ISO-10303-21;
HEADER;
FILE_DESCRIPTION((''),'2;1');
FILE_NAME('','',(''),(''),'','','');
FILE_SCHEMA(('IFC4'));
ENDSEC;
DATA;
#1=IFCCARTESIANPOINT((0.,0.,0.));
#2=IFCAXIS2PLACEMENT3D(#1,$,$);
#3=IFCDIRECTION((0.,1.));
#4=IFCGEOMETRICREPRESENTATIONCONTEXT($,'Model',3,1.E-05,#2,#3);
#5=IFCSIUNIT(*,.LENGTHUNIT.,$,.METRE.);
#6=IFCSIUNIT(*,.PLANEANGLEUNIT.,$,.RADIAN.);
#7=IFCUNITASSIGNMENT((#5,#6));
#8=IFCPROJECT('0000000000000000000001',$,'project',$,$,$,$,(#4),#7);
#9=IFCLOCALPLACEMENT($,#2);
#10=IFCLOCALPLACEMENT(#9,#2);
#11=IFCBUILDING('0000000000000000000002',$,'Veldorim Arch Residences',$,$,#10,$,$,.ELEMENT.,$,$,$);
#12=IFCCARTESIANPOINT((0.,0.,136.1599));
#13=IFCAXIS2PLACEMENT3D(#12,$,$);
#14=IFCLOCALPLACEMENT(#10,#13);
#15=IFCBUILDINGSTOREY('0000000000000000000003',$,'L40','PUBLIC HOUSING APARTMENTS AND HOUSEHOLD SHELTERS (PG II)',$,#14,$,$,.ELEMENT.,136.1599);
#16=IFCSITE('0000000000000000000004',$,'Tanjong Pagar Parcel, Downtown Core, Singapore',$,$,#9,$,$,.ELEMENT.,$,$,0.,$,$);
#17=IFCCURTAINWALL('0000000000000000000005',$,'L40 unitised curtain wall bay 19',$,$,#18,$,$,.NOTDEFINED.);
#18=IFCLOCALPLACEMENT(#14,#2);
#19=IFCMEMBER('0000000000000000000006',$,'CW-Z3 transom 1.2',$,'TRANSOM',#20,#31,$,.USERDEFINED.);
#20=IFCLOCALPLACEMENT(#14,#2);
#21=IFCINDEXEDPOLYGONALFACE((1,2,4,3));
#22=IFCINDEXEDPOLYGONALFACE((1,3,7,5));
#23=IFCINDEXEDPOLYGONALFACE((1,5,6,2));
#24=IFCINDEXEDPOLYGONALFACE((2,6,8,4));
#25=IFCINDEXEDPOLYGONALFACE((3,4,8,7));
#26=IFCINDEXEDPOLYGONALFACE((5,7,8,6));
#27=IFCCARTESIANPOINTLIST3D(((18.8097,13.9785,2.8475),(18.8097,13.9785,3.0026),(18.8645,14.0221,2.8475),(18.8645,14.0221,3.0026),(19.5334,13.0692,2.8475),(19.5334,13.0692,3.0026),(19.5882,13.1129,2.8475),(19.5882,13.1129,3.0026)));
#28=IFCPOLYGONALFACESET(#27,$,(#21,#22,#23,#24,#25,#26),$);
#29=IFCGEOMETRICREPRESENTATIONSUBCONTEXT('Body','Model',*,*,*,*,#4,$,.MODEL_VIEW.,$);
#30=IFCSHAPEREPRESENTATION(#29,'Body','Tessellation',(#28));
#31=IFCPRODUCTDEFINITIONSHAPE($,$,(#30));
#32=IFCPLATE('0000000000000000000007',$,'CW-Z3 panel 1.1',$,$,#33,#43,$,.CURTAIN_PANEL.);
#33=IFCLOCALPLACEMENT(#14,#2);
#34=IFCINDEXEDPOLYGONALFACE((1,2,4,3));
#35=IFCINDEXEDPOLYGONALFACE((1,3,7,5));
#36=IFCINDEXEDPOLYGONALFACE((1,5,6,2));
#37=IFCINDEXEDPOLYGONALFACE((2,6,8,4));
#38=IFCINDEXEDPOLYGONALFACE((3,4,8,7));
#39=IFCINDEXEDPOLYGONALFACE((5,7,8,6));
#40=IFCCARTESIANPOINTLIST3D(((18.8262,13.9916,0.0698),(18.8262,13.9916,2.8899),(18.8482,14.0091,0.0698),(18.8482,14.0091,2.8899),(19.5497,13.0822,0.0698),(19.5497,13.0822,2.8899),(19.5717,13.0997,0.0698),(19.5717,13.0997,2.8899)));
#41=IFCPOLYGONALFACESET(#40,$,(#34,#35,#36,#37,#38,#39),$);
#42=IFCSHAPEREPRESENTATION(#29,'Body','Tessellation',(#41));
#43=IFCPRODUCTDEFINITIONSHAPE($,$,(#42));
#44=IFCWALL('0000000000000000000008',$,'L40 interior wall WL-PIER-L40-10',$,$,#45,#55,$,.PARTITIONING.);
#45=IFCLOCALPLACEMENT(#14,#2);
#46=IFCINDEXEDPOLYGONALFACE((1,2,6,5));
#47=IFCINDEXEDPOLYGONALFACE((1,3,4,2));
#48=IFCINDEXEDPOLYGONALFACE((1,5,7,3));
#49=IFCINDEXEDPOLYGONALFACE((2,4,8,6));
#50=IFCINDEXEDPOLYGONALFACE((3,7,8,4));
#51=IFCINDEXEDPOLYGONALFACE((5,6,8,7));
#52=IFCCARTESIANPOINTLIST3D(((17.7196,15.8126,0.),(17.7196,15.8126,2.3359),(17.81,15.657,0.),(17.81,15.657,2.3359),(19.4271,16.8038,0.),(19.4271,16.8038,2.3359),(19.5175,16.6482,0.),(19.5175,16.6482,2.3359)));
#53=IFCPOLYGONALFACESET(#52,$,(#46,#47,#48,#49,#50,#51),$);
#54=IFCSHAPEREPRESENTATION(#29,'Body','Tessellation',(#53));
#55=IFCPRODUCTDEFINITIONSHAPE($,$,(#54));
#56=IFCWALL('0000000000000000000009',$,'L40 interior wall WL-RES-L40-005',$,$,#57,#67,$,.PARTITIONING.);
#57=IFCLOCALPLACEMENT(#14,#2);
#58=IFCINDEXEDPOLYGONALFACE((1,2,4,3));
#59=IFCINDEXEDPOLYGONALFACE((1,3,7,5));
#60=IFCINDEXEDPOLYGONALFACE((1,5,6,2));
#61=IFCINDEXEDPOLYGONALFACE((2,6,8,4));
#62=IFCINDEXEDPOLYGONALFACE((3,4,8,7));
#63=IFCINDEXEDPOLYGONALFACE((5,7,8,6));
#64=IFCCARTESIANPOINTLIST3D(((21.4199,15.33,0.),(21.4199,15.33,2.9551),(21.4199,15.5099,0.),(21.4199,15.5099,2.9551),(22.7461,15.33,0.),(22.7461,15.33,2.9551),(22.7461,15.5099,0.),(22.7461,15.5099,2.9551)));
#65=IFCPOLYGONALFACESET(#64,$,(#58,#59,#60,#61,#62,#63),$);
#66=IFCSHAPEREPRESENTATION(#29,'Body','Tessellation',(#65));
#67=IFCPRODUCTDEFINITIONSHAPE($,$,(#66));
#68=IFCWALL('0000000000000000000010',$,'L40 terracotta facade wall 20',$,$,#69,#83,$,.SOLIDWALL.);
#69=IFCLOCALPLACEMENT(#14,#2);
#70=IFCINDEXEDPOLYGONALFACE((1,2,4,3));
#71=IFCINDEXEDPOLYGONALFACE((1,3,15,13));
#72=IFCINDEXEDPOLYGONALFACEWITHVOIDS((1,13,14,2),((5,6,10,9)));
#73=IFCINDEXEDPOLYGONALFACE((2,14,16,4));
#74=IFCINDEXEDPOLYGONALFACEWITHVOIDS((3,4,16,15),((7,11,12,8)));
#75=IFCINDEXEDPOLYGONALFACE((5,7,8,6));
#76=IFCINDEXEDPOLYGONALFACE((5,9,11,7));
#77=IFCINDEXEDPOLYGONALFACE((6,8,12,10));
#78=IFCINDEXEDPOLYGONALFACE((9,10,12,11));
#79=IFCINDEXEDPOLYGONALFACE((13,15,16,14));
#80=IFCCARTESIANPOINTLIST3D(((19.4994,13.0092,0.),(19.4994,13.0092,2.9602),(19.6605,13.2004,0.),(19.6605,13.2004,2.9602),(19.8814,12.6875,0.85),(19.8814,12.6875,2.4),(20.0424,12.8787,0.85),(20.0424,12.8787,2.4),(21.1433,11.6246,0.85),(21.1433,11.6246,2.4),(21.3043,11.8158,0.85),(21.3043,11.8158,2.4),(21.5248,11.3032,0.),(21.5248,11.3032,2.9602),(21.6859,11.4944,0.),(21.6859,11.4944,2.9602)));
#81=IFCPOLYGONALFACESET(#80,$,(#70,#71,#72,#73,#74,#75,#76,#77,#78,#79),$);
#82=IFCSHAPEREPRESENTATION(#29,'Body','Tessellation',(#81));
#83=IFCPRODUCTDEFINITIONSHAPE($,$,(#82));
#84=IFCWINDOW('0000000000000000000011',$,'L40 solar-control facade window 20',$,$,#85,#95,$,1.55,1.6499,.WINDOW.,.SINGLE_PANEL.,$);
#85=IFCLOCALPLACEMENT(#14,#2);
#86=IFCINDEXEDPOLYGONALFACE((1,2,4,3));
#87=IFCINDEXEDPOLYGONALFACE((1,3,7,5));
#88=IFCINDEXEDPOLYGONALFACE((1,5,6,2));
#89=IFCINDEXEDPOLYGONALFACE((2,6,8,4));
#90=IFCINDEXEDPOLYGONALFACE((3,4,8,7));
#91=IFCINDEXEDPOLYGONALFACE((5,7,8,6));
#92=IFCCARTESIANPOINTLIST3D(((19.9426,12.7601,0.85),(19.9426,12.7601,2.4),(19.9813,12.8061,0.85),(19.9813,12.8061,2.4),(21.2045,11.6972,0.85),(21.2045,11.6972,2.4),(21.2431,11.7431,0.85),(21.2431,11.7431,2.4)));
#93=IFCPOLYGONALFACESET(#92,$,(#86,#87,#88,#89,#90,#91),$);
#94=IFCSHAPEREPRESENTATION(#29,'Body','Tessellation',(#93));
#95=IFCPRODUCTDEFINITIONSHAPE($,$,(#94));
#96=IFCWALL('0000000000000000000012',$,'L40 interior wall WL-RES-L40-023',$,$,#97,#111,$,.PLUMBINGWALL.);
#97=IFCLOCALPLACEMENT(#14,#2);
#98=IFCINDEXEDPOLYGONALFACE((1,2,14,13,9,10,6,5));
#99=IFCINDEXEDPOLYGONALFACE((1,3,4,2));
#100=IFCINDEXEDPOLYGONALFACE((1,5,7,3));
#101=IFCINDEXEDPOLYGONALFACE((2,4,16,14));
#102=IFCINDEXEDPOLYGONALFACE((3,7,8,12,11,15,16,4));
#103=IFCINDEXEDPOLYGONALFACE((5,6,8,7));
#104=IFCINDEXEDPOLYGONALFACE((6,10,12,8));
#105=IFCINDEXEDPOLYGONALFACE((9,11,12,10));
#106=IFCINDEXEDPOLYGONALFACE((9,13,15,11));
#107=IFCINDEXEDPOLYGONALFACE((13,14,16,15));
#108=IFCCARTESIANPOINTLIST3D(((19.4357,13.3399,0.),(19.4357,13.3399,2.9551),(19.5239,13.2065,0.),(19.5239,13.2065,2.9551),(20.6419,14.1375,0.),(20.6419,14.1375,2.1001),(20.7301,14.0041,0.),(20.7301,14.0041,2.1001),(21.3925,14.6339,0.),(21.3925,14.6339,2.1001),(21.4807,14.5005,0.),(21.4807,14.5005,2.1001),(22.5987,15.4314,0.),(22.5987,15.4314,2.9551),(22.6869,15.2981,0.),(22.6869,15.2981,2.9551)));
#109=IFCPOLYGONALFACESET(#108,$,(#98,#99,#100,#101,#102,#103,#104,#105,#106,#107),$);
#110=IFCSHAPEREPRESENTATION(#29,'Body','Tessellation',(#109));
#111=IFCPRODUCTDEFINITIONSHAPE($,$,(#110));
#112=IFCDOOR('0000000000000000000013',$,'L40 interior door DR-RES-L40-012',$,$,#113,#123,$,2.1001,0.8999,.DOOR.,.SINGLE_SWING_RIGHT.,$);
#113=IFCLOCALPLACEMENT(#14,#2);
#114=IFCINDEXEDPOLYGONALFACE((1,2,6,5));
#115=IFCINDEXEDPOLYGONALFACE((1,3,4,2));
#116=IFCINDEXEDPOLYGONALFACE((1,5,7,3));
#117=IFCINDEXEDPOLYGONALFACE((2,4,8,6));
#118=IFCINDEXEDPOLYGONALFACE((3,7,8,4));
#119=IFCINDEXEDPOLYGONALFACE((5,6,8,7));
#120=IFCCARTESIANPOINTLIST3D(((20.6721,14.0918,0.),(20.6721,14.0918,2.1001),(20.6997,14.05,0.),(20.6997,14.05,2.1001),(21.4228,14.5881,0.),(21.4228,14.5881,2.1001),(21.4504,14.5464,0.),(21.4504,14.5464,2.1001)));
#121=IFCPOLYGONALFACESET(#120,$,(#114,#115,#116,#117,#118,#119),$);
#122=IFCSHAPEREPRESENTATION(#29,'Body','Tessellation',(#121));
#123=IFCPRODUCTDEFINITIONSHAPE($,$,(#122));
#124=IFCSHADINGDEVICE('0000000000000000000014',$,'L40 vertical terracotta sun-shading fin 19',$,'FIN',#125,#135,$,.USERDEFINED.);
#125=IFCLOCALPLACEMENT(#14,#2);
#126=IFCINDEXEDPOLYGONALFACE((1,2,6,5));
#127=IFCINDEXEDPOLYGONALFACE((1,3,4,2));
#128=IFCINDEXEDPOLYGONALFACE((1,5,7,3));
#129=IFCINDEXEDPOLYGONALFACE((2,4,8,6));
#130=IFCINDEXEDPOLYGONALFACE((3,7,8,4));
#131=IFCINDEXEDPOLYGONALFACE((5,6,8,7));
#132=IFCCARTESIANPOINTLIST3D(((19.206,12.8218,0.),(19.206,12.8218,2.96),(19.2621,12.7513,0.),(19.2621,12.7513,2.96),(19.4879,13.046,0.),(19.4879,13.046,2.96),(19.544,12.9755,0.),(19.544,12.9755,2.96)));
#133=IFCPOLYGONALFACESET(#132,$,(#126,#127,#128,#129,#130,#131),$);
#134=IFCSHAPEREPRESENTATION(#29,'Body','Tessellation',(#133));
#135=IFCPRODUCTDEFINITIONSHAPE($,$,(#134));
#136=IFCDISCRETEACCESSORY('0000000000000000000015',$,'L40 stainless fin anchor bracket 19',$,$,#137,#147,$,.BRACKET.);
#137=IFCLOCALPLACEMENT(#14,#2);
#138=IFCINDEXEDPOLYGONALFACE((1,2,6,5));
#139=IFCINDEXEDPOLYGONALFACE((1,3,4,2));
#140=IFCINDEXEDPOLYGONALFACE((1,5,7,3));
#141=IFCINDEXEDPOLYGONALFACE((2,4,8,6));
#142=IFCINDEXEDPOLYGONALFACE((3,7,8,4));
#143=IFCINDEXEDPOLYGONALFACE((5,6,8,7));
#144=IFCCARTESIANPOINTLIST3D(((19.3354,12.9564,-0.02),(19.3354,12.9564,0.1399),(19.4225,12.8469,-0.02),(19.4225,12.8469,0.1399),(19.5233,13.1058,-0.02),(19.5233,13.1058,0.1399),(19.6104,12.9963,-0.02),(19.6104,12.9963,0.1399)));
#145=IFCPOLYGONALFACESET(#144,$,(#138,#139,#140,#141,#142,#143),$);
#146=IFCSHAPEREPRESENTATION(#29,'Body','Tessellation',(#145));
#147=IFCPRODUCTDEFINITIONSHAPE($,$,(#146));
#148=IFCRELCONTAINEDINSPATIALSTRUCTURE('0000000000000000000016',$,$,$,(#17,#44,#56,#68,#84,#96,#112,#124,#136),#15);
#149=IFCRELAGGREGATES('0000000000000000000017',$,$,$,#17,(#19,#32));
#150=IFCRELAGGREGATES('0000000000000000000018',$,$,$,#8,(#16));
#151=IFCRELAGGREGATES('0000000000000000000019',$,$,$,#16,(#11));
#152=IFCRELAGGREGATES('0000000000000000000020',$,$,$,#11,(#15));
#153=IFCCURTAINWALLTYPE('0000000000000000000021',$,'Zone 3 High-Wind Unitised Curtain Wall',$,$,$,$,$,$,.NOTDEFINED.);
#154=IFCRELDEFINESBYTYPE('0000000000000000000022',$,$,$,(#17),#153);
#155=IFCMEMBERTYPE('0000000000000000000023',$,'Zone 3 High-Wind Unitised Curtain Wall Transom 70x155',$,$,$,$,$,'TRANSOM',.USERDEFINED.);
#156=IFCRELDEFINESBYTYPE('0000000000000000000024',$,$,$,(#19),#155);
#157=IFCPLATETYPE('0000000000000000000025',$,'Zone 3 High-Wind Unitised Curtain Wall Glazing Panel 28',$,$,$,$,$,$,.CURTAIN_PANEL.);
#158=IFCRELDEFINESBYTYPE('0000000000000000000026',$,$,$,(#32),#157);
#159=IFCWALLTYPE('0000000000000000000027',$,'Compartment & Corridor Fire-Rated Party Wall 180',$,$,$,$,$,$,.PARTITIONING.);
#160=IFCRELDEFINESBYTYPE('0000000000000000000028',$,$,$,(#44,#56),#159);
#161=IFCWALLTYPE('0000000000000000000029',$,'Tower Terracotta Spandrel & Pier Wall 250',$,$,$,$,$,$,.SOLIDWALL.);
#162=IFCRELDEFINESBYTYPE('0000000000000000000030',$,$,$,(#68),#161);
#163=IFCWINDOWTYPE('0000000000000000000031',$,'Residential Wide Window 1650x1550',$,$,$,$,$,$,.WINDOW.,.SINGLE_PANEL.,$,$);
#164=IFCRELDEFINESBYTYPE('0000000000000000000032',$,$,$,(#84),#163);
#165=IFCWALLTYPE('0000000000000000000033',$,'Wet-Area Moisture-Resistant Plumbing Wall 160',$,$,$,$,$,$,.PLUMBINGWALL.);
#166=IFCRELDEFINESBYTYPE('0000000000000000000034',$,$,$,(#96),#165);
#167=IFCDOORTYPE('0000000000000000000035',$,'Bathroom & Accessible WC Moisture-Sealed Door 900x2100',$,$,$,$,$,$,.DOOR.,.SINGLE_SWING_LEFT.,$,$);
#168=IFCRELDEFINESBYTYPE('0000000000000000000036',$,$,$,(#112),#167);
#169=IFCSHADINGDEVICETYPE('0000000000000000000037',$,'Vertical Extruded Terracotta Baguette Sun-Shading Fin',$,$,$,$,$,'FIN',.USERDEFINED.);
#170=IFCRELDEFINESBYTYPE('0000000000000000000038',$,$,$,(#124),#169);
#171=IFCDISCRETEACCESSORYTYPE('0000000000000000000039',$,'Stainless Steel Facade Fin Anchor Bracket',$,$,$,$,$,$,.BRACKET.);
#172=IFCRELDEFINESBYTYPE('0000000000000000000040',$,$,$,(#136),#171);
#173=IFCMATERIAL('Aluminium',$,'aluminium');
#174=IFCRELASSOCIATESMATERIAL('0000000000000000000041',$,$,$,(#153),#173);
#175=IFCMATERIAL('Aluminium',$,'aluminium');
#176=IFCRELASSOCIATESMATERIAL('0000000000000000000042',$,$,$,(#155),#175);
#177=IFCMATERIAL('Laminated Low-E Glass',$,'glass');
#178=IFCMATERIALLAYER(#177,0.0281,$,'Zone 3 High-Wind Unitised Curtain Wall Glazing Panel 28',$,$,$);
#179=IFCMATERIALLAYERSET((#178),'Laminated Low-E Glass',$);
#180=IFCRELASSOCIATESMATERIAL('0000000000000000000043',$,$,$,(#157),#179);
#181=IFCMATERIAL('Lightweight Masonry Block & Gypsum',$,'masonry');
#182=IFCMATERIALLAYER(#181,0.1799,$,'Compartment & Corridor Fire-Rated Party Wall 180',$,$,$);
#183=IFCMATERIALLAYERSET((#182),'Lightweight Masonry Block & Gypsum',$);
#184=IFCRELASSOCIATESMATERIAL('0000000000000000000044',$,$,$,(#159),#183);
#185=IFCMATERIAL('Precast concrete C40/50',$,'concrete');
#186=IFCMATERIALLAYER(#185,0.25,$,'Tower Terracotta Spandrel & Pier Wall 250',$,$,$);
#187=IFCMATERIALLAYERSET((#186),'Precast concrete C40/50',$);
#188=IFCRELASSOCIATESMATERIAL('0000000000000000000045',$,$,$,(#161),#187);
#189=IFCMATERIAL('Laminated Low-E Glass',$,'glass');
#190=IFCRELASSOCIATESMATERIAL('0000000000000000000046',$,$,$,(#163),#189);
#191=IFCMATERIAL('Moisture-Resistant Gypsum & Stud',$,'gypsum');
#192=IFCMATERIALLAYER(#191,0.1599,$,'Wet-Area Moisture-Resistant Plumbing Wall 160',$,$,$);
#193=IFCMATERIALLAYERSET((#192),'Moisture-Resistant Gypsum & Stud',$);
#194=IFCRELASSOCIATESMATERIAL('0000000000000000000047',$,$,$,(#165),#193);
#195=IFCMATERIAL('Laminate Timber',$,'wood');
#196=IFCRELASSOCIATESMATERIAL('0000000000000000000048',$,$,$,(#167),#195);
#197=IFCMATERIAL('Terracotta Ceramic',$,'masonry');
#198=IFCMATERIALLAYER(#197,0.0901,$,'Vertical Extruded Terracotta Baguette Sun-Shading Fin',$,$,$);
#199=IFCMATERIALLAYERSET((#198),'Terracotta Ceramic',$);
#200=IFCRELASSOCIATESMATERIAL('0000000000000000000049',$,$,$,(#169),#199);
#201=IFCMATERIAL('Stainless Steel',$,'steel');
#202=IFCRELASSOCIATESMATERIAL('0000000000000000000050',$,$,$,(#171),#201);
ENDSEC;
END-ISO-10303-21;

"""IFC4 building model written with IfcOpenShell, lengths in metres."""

from ifc_helpers import new_model, si_unit, direction, frame, frame_2d, origin, origin_2d, place, context, subcontext, project, spatial, rectangle, extrude, material, layer, layer_set, material_profile, profile_set, type_object, element, fill, aggregate, save


model = new_model("IFC4")

# Units and contexts
model_context = context("Model", 3, precision=1e-05, world=origin(), true_north=direction((0.0, 1.0)))
body_context = subcontext(model_context, "Body", "Model", "MODEL_VIEW")
ifc_project = project(units=[si_unit("LENGTHUNIT", "METRE"), si_unit("PLANEANGLEUNIT", "RADIAN")], contexts=[model_context])

# Site, building, storey
site_placement = place(None, origin())
site = spatial("IfcSite", under=ifc_project, at=site_placement, Name="Tanjong Pagar Parcel, Downtown Core, Singapore", CompositionType="ELEMENT", RefElevation=0.0)
building_placement = place(site_placement, origin())
building = spatial("IfcBuilding", under=site, at=building_placement, Name="Veldorim Arch Residences", CompositionType="ELEMENT")
storey_placement = place(building_placement, frame((0.0, 0.0, 136.1599)))
storey = spatial("IfcBuildingStorey", under=building, at=storey_placement, Name="L40", Description="PUBLIC HOUSING APARTMENTS AND HOUSEHOLD SHELTERS (PG II)", CompositionType="ELEMENT", Elevation=136.1599)

# Curtain wall, member, plate
ifc_material_1 = material(Name="Aluminium", Category="aluminium")
curtain_wall_type = type_object("IfcCurtainWallType", Name="Zone 3 High-Wind Unitised Curtain Wall", PredefinedType="NOTDEFINED", material=ifc_material_1)
curtain_wall_placement = place(storey_placement, origin())
curtain_wall = element("IfcCurtainWall", 1, at=curtain_wall_placement, inside=storey, type_object=curtain_wall_type, Name="L40 unitised curtain wall bay 19", PredefinedType="NOTDEFINED")
ifc_material_2 = material(Name="Aluminium", Category="aluminium")
ifc_material_profile_1 = material_profile(ifc_material_2, rectangle(XDim=0.0701, YDim=0.155, at=origin_2d()), Name="ALU_TRN_70x155")
ifc_profile_set_1 = profile_set([ifc_material_profile_1], Name="Aluminium")
member_type_1 = type_object("IfcMemberType", Name="Zone 3 High-Wind Unitised Curtain Wall Transom 70x155", ElementType="TRANSOM", PredefinedType="USERDEFINED", material=ifc_profile_set_1)
member_1_placement = place(storey_placement, frame((19.5608, 13.0911, 2.925), z_axis=(-0.622746, 0.782424, 0.0), x_axis=(-0.782424, -0.622746, 0.0)))
member_1 = element("IfcMember", 2, at=member_1_placement, type_object=member_type_1, Name="CW-Z3 transom 1.2", ObjectType="TRANSOM", PredefinedType="USERDEFINED", context=body_context, shape_type="SweptSolid", body=[
    extrude(rectangle(XDim=0.0701, YDim=0.155, at=origin_2d()), origin(), (0.0, 0.0, 1.0), 1.1621),
])
ifc_material_3 = material(Name="Laminated Low-E Glass", Category="glass")
ifc_layer_1 = layer(ifc_material_3, 0.0281, Name="Zone 3 High-Wind Unitised Curtain Wall Glazing Panel 28")
ifc_layer_set_1 = layer_set([ifc_layer_1], Name="Laminated Low-E Glass")
plate_type = type_object("IfcPlateType", Name="Zone 3 High-Wind Unitised Curtain Wall Glazing Panel 28", PredefinedType="CURTAIN_PANEL", material=ifc_layer_set_1)
plate_placement = place(storey_placement, frame((19.199, 13.5457, 0.0698), z_axis=(0.0, 0.0, 1.0), x_axis=(-0.62258, 0.782556, 0.0)))
plate = element("IfcPlate", 3, at=plate_placement, type_object=plate_type, Name="CW-Z3 panel 1.1", PredefinedType="CURTAIN_PANEL", context=body_context, shape_type="SweptSolid", body=[
    extrude(rectangle(XDim=1.1621, YDim=0.0281, at=origin_2d()), origin(), (0.0, 0.0, 1.0), 2.8201),
])
aggregate(curtain_wall, [member_1, plate])

# Walls
ifc_material_4 = material(Name="Lightweight Masonry Block & Gypsum", Category="masonry")
ifc_layer_2 = layer(ifc_material_4, 0.1799, Name="Compartment & Corridor Fire-Rated Party Wall 180")
ifc_layer_set_2 = layer_set([ifc_layer_2], Name="Lightweight Masonry Block & Gypsum")
wall_type_1 = type_object("IfcWallType", Name="Compartment & Corridor Fire-Rated Party Wall 180", PredefinedType="PARTITIONING", material=ifc_layer_set_2)
wall_1_placement = place(storey_placement, frame((19.4724, 16.7261, 0.0), z_axis=(0.0, 0.0, 1.0), x_axis=(-0.864844, -0.50204, 0.0)))
element("IfcWall", 4, at=wall_1_placement, inside=storey, type_object=wall_type_1, Name="L40 interior wall WL-PIER-L40-10", PredefinedType="PARTITIONING", context=body_context, shape_type="SweptSolid", body=[
    extrude(rectangle(XDim=1.9744, YDim=0.1799, at=frame_2d((0.9873, 0.0))), origin(), (0.0, 0.0, 1.0), 2.3359),
])
wall_2_placement = place(storey_placement, frame((22.7461, 15.4199, 0.0), z_axis=(0.0, 0.0, 1.0), x_axis=(-1.0, 0.0, 0.0)))
element("IfcWall", 5, at=wall_2_placement, inside=storey, type_object=wall_type_1, Name="L40 interior wall WL-RES-L40-005", PredefinedType="PARTITIONING", context=body_context, shape_type="SweptSolid", body=[
    extrude(rectangle(XDim=1.3262, YDim=0.1799, at=frame_2d((0.6631, 0.0))), origin(), (0.0, 0.0, 1.0), 2.9551),
])

# Wall, opening, window
ifc_material_5 = material(Name="Precast concrete C40/50", Category="concrete")
ifc_layer_3 = layer(ifc_material_5, 0.25, Name="Tower Terracotta Spandrel & Pier Wall 250")
ifc_layer_set_3 = layer_set([ifc_layer_3], Name="Precast concrete C40/50")
wall_type_2 = type_object("IfcWallType", Name="Tower Terracotta Spandrel & Pier Wall 250", PredefinedType="SOLIDWALL", material=ifc_layer_set_3)
wall_3_placement = place(storey_placement, frame((21.6055, 11.3987, 0.0), z_axis=(0.0, 0.0, 1.0), x_axis=(-0.764825, 0.644238, 0.0)))
wall_3 = element("IfcWall", 6, at=wall_3_placement, inside=storey, type_object=wall_type_2, Name="L40 terracotta facade wall 20", PredefinedType="SOLIDWALL", context=body_context, shape_type="SweptSolid", body=[
    extrude(rectangle(XDim=2.6482, YDim=0.25, at=frame_2d((1.3242, 0.0))), origin(), (0.0, 0.0, 1.0), 2.9602),
])
opening_1_placement = place(wall_3_placement, frame((0.499, 0.0, 0.8501)))
opening_1 = element("IfcOpeningElement", 7, at=opening_1_placement, cuts=wall_3, PredefinedType="OPENING", context=body_context, shape_type="SweptSolid", body=[
    extrude(rectangle(XDim=1.6499, YDim=1.55, at=frame_2d((0.825, 0.7749))), frame((0.0, 0.135, 0.0), z_axis=(0.0, -1.0, 0.0), x_axis=(1.0, 0.0, 0.0)), (0.0, 0.0, 1.0), 0.27),
])
ifc_material_6 = material(Name="Laminated Low-E Glass", Category="glass")
window_type = type_object("IfcWindowType", Name="Residential Wide Window 1650x1550", PartitioningType="SINGLE_PANEL", PredefinedType="WINDOW", material=ifc_material_6)
window_placement = place(opening_1_placement, origin())
window = element("IfcWindow", 8, at=window_placement, inside=storey, type_object=window_type, Name="L40 solar-control facade window 20", OverallHeight=1.55, OverallWidth=1.6499, PartitioningType="SINGLE_PANEL", PredefinedType="WINDOW", context=body_context, shape_type="SweptSolid", body=[
    extrude(rectangle(XDim=1.6499, YDim=1.55, at=frame_2d((0.825, 0.7749))), frame((0.0, 0.03, 0.0), z_axis=(0.0, -1.0, 0.0), x_axis=(1.0, 0.0, 0.0)), (0.0, 0.0, 1.0), 0.0601),
])
fill(opening_1, window)

# Wall, opening, door
ifc_material_7 = material(Name="Moisture-Resistant Gypsum & Stud", Category="gypsum")
ifc_layer_4 = layer(ifc_material_7, 0.1599, Name="Wet-Area Moisture-Resistant Plumbing Wall 160")
ifc_layer_set_4 = layer_set([ifc_layer_4], Name="Moisture-Resistant Gypsum & Stud")
wall_type_3 = type_object("IfcWallType", Name="Wet-Area Moisture-Resistant Plumbing Wall 160", PredefinedType="PLUMBINGWALL", material=ifc_layer_set_4)
wall_4_placement = place(storey_placement, frame((22.6428, 15.3647, 0.0), z_axis=(0.0, 0.0, 1.0), x_axis=(-0.834134, -0.551561, 0.0)))
wall_4 = element("IfcWall", 9, at=wall_4_placement, inside=storey, type_object=wall_type_3, Name="L40 interior wall WL-RES-L40-023", PredefinedType="PLUMBINGWALL", context=body_context, shape_type="SweptSolid", body=[
    extrude(rectangle(XDim=3.792, YDim=0.1599, at=frame_2d((1.896, 0.0))), origin(), (0.0, 0.0, 1.0), 2.9551),
])
opening_2_placement = place(wall_4_placement, frame((1.446, 0.0, 0.0)))
opening_2 = element("IfcOpeningElement", 10, at=opening_2_placement, cuts=wall_4, PredefinedType="OPENING", context=body_context, shape_type="SweptSolid", body=[
    extrude(rectangle(XDim=0.8999, YDim=2.1001, at=frame_2d((0.45, 1.05))), frame((0.0, 0.0898, 0.0), z_axis=(0.0, -1.0, 0.0), x_axis=(1.0, 0.0, 0.0)), (0.0, 0.0, 1.0), 0.1799),
])
ifc_material_8 = material(Name="Laminate Timber", Category="wood")
door_type_1 = type_object("IfcDoorType", Name="Bathroom & Accessible WC Moisture-Sealed Door 900x2100", OperationType="SINGLE_SWING_LEFT", PredefinedType="DOOR", material=ifc_material_8)
door_1_placement = place(opening_2_placement, origin())
door_1 = element("IfcDoor", 11, at=door_1_placement, inside=storey, type_object=door_type_1, Name="L40 interior door DR-RES-L40-012", OperationType="SINGLE_SWING_RIGHT", OverallHeight=2.1001, OverallWidth=0.8999, PredefinedType="DOOR", context=body_context, shape_type="SweptSolid", body=[
    extrude(rectangle(XDim=0.8999, YDim=2.1001, at=frame_2d((0.45, 1.05))), frame((0.0, 0.0249, 0.0), z_axis=(0.0, -1.0, 0.0), x_axis=(1.0, 0.0, 0.0)), (0.0, 0.0, 1.0), 0.05),
])
fill(opening_2, door_1)

# Shading device
ifc_material_9 = material(Name="Terracotta Ceramic", Category="masonry")
ifc_layer_5 = layer(ifc_material_9, 0.0901, Name="Vertical Extruded Terracotta Baguette Sun-Shading Fin")
ifc_layer_set_5 = layer_set([ifc_layer_5], Name="Terracotta Ceramic")
shading_device_type = type_object("IfcShadingDeviceType", Name="Vertical Extruded Terracotta Baguette Sun-Shading Fin", ElementType="FIN", PredefinedType="USERDEFINED", material=ifc_layer_set_5)
shading_device_placement = place(storey_placement, frame((19.375, 12.8987, 0.0), z_axis=(0.0, 0.0, 1.0), x_axis=(-0.622515, 0.782608, 0.0)))
element("IfcShadingDevice", 12, at=shading_device_placement, inside=storey, type_object=shading_device_type, Name="L40 vertical terracotta sun-shading fin 19", ObjectType="FIN", PredefinedType="USERDEFINED", context=body_context, shape_type="SweptSolid", body=[
    extrude(rectangle(XDim=0.0901, YDim=0.3601, at=origin_2d()), origin(), (0.0, 0.0, 1.0), 2.96),
])

# Discrete accessory
ifc_material_10 = material(Name="Stainless Steel", Category="steel")
discrete_accessory_type = type_object("IfcDiscreteAccessoryType", Name="Stainless Steel Facade Fin Anchor Bracket", PredefinedType="BRACKET", material=ifc_material_10)
discrete_accessory_placement = place(storey_placement, frame((19.4729, 12.9763, -0.02), z_axis=(0.0, 0.0, 1.0), x_axis=(-0.622515, 0.782608, 0.0)))
element("IfcDiscreteAccessory", 13, at=discrete_accessory_placement, inside=storey, type_object=discrete_accessory_type, Name="L40 stainless fin anchor bracket 19", PredefinedType="BRACKET", context=body_context, shape_type="SweptSolid", body=[
    extrude(rectangle(XDim=0.1399, YDim=0.24, at=origin_2d()), origin(), (0.0, 0.0, 1.0), 0.1599),
])

save(model, "model.ifc")
